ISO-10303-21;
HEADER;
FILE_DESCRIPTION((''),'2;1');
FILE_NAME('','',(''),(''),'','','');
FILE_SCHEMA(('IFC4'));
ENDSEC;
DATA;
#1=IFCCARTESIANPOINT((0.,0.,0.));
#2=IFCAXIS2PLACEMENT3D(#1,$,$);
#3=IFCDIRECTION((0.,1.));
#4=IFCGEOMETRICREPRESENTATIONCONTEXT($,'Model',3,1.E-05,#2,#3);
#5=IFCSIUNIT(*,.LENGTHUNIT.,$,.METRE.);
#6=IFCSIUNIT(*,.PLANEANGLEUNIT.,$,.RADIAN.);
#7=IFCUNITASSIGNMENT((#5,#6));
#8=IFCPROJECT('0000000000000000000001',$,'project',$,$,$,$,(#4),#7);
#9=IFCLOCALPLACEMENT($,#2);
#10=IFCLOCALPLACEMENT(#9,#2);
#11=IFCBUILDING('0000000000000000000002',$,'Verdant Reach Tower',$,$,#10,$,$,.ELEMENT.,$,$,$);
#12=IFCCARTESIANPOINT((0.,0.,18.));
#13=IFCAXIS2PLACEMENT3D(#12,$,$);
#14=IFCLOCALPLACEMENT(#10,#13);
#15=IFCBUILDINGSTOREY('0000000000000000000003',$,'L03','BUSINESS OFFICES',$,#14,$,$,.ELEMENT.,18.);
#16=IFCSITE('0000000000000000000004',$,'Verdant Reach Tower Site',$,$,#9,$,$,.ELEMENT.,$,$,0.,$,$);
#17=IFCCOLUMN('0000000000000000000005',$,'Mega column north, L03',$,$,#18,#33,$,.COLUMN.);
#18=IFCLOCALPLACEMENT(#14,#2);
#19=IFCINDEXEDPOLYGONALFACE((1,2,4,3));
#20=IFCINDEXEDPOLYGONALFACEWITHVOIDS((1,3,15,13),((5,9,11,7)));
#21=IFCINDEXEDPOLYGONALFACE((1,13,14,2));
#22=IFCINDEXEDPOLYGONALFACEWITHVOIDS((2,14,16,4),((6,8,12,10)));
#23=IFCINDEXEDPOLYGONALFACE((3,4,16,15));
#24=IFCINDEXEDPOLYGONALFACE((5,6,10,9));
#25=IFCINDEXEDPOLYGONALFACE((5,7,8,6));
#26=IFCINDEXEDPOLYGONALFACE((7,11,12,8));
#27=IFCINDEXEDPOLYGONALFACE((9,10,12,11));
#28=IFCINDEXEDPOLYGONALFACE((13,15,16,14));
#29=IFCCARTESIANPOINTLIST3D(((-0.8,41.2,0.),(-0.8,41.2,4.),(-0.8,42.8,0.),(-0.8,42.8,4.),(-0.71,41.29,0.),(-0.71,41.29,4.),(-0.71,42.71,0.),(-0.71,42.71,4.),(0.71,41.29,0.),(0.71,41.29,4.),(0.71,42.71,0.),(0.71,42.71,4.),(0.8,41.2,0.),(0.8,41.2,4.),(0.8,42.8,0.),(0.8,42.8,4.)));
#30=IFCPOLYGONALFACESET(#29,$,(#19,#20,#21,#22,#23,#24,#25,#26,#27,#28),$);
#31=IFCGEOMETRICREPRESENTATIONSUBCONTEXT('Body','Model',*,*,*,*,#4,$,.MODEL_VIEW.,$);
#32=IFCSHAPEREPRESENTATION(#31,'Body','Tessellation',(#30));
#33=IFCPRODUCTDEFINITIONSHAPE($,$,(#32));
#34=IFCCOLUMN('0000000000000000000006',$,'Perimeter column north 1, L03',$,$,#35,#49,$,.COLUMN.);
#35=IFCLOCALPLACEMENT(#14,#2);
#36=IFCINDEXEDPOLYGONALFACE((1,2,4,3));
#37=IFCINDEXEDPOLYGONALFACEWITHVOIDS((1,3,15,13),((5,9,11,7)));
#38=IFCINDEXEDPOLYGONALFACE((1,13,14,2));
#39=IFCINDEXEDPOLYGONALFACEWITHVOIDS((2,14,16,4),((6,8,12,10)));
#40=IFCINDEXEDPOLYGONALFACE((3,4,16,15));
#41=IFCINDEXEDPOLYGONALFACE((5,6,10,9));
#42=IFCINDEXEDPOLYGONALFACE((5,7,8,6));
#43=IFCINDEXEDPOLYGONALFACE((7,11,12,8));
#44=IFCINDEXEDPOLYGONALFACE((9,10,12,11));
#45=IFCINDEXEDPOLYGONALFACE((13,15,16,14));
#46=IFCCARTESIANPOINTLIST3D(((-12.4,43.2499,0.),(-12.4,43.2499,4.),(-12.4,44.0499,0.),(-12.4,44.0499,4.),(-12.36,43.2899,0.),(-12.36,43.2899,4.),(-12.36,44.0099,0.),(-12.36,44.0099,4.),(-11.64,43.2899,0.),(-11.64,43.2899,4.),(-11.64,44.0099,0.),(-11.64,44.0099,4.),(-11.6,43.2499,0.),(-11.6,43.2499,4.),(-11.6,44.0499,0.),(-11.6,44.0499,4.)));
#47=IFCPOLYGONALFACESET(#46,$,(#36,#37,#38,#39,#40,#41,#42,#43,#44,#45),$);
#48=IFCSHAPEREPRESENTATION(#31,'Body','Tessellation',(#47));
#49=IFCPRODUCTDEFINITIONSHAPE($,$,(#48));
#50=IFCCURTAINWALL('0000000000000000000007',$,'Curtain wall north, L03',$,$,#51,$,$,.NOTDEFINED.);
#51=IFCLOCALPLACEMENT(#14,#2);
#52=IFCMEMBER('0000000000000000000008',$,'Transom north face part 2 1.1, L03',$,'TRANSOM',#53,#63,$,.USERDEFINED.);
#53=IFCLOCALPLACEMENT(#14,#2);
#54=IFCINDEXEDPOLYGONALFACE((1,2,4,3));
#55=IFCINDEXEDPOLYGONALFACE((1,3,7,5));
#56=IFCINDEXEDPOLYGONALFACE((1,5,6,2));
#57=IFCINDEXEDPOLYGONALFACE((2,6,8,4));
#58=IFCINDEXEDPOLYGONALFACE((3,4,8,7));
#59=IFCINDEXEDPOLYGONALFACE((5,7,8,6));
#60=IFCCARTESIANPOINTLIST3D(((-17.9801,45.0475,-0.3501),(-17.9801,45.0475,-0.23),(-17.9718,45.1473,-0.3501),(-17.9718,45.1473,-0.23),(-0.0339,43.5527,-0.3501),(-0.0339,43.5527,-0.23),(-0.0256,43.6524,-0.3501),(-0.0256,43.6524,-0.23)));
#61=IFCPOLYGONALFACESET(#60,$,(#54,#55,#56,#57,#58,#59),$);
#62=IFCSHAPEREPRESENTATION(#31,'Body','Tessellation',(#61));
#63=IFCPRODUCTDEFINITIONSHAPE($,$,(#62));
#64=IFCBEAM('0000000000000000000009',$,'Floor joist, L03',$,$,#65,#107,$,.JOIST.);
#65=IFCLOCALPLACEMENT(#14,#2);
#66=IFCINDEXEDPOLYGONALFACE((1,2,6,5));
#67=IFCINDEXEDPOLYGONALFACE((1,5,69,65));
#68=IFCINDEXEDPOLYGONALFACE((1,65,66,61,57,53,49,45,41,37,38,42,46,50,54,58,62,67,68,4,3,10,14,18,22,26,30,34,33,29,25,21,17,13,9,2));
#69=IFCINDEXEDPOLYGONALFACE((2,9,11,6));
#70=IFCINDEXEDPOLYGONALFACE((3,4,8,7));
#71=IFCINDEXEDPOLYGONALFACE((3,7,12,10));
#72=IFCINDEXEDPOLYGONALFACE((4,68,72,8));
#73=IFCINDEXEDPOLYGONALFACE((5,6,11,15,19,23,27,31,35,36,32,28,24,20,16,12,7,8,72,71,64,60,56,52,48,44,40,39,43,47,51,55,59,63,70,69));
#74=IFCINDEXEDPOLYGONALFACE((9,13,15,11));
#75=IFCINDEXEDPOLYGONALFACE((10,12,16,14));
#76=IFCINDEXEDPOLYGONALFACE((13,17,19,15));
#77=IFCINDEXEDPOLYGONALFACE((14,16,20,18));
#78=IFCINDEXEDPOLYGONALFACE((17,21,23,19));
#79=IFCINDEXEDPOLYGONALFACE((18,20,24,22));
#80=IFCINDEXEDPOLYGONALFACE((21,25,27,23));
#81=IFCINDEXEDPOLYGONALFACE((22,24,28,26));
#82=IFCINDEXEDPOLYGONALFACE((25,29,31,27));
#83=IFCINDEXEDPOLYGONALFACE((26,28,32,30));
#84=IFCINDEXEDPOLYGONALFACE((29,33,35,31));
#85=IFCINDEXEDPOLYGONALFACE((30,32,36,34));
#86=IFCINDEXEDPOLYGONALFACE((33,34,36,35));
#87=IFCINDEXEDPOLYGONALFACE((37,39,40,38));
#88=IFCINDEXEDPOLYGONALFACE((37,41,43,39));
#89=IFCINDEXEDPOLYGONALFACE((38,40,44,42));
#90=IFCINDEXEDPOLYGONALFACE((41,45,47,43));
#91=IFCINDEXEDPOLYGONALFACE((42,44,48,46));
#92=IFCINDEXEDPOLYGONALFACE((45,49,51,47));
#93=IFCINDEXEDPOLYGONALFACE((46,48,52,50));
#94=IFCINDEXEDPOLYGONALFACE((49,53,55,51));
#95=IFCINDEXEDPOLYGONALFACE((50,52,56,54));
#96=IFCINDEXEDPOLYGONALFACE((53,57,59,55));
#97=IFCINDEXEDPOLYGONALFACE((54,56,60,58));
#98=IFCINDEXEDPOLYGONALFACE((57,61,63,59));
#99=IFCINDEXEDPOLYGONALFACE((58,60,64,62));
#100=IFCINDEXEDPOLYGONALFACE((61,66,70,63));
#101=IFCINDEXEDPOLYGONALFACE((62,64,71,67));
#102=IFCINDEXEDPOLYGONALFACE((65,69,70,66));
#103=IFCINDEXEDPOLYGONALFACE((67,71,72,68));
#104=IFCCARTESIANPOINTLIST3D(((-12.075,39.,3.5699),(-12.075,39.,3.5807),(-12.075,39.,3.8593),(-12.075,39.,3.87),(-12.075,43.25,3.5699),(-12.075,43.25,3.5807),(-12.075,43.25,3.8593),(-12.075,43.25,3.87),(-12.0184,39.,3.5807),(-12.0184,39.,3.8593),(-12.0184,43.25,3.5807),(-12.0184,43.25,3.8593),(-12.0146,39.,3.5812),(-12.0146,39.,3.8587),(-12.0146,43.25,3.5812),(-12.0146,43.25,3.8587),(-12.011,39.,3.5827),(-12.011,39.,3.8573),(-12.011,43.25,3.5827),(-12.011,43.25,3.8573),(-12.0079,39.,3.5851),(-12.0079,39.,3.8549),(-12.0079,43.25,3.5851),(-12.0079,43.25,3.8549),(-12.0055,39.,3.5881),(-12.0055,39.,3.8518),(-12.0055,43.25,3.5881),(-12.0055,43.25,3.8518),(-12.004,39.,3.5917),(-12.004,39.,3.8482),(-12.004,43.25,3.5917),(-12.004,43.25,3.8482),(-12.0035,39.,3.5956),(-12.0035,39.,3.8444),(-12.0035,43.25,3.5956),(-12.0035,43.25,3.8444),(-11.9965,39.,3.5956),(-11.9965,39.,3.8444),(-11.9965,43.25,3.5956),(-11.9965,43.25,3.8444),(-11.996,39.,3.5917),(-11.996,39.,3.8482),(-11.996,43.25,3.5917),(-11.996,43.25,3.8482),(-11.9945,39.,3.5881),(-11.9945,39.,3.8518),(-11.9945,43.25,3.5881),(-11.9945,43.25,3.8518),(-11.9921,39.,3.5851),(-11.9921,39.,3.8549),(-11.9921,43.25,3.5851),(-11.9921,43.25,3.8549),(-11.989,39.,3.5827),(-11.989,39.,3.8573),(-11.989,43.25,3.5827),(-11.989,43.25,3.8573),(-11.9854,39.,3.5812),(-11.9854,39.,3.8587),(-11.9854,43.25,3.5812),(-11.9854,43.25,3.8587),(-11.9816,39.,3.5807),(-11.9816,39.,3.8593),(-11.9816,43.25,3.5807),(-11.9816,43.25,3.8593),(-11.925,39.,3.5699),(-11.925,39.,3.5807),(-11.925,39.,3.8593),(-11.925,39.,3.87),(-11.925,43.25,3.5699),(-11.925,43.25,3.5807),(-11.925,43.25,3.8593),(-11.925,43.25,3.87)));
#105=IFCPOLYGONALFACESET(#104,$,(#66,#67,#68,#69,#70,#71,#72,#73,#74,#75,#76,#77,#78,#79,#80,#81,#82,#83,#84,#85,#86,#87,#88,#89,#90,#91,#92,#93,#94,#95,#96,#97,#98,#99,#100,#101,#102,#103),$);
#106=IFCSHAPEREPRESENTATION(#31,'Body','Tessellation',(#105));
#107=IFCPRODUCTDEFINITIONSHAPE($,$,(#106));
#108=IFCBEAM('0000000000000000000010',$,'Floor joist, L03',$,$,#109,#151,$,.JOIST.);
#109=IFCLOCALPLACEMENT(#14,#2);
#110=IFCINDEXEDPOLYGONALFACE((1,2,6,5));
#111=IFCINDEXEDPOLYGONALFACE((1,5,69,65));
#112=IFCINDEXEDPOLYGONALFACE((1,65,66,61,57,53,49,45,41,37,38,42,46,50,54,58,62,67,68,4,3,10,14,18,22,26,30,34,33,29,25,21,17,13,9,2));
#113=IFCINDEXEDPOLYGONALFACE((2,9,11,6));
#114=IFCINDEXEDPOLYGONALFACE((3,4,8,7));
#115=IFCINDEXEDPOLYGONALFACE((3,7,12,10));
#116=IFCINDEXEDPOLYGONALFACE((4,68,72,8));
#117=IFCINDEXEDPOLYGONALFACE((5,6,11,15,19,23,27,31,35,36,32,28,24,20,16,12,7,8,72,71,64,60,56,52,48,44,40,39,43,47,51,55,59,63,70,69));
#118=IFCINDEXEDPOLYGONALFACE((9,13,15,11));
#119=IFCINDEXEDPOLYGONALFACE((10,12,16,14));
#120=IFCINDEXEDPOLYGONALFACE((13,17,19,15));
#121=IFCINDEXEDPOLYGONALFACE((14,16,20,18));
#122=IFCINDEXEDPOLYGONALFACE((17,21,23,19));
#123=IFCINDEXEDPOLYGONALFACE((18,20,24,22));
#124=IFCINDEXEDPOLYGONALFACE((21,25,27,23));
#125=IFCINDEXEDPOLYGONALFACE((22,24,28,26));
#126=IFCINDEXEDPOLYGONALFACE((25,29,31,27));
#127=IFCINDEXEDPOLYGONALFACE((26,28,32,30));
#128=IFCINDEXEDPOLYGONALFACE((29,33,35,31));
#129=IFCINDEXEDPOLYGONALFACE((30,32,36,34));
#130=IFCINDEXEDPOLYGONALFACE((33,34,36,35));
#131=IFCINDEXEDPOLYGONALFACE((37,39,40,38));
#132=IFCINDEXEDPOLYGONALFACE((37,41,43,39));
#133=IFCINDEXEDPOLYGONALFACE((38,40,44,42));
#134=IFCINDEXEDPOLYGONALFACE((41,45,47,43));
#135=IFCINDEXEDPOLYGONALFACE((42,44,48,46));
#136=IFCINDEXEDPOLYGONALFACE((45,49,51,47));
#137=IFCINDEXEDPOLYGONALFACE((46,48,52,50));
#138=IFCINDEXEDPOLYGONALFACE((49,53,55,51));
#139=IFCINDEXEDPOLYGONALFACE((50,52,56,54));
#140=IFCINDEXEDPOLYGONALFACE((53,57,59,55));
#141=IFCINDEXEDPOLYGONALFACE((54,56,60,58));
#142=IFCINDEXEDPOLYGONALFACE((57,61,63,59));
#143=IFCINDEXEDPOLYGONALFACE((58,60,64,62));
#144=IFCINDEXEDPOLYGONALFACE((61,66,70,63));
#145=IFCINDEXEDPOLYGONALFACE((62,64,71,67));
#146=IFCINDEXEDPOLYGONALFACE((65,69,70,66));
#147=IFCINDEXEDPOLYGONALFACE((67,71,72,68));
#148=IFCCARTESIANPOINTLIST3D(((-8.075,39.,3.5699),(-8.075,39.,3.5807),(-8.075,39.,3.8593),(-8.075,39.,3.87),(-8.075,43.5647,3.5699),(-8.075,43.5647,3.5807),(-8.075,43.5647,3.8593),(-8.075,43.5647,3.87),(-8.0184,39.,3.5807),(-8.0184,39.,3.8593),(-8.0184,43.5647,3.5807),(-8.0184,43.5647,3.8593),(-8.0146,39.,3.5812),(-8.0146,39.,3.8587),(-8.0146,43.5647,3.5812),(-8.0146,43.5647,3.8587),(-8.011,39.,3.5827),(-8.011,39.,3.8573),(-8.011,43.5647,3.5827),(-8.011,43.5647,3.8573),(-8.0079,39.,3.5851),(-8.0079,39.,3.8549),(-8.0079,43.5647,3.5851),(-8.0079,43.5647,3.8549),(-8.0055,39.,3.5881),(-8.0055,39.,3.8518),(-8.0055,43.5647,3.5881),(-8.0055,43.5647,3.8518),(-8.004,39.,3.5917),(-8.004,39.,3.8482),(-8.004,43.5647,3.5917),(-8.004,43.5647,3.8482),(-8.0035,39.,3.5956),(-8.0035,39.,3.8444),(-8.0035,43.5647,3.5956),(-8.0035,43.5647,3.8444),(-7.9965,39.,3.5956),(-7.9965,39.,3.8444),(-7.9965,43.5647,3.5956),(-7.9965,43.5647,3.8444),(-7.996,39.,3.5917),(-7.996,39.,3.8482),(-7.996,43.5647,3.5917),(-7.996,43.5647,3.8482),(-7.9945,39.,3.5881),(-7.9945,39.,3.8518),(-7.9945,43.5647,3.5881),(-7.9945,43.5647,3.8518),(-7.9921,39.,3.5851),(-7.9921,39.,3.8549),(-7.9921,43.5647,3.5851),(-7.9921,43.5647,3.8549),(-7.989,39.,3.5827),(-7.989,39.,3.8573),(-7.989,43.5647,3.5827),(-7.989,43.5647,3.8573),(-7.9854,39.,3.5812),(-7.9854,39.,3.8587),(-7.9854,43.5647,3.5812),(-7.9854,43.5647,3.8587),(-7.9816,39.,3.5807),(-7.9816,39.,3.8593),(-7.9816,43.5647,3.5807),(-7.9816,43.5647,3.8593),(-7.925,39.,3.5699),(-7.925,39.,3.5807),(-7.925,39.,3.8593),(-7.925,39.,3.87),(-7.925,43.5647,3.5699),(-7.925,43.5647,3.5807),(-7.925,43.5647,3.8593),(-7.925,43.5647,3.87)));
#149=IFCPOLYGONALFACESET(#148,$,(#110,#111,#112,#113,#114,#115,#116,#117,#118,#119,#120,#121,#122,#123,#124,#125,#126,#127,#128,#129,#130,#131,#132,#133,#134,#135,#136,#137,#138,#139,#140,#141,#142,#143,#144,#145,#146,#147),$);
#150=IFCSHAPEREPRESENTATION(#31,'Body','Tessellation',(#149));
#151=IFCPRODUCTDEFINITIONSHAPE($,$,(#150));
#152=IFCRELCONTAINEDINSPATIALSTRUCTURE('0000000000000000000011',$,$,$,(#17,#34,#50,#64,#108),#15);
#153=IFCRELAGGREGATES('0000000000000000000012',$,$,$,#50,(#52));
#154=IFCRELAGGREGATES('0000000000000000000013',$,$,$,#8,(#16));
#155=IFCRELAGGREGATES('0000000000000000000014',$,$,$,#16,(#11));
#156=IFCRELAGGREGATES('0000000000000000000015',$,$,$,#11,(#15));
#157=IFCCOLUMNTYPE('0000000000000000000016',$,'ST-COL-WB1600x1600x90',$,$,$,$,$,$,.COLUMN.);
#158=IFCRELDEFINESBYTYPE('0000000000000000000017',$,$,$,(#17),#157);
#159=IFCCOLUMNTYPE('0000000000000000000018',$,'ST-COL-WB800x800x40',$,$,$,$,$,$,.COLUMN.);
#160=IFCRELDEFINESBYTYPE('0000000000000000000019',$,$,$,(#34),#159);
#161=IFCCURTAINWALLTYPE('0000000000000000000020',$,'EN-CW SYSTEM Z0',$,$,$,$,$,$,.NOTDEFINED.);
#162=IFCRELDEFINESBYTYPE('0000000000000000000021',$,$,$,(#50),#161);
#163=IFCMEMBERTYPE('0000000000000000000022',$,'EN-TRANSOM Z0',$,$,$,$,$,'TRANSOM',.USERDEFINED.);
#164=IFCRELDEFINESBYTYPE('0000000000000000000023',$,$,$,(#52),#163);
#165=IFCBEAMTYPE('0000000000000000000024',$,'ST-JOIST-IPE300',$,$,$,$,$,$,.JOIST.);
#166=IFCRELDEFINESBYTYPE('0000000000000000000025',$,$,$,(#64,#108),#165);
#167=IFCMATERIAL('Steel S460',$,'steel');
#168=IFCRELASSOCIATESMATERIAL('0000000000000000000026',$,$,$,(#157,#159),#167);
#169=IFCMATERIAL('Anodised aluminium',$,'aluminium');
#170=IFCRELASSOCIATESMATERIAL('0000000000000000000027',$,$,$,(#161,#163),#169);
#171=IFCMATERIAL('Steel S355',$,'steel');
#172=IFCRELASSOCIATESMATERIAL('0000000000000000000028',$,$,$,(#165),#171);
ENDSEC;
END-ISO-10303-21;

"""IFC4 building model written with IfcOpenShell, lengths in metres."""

from ifc_helpers import new_model, si_unit, direction, frame, origin, origin_2d, place, context, subcontext, project, spatial, rectangle, hollow_rectangle, i_section, extrude, material, material_profile, profile_set, type_object, element, aggregate, save


model = new_model("IFC4")

# Units and contexts
model_context = context("Model", 3, precision=1e-05, world=origin(), true_north=direction((0.0, 1.0)))
body_context = subcontext(model_context, "Body", "Model", "MODEL_VIEW")
ifc_project = project(units=[si_unit("LENGTHUNIT", "METRE"), si_unit("PLANEANGLEUNIT", "RADIAN")], contexts=[model_context])

# Site, building, storey
site_placement = place(None, origin())
site = spatial("IfcSite", under=ifc_project, at=site_placement, Name="Verdant Reach Tower Site", CompositionType="ELEMENT", RefElevation=0.0)
building_placement = place(site_placement, origin())
building = spatial("IfcBuilding", under=site, at=building_placement, Name="Verdant Reach Tower", CompositionType="ELEMENT")
storey_placement = place(building_placement, frame((0.0, 0.0, 18.0)))
storey = spatial("IfcBuildingStorey", under=building, at=storey_placement, Name="L03", Description="BUSINESS OFFICES", CompositionType="ELEMENT", Elevation=18.0)

# Columns
ifc_material_1 = material(Name="Steel S460", Category="steel")
ifc_material_profile_1 = material_profile(ifc_material_1, hollow_rectangle(XDim=1.6001, YDim=1.6001, WallThickness=0.0901, at=origin_2d()), Name="WB 1600x1600x90")
ifc_profile_set_1 = profile_set([ifc_material_profile_1], Name="Steel S460")
column_type_1 = type_object("IfcColumnType", Name="ST-COL-WB1600x1600x90", PredefinedType="COLUMN", material=ifc_profile_set_1)
column_1_placement = place(storey_placement, frame((0.0, 42.0, 0.0), z_axis=(0.0, 0.0, 1.0), x_axis=(1.0, 0.0, 0.0)))
element("IfcColumn", 1, at=column_1_placement, inside=storey, type_object=column_type_1, Name="Mega column north, L03", PredefinedType="COLUMN", context=body_context, shape_type="SweptSolid", body=[
    extrude(hollow_rectangle(XDim=1.6001, YDim=1.6001, WallThickness=0.0901, at=origin_2d()), origin(), (0.0, 0.0, 1.0), 4.0),
])
ifc_material_profile_2 = material_profile(ifc_material_1, hollow_rectangle(XDim=0.8, YDim=0.8, WallThickness=0.04, at=origin_2d()), Name="WB 800x800x40")
ifc_profile_set_2 = profile_set([ifc_material_profile_2], Name="Steel S460")
column_type_2 = type_object("IfcColumnType", Name="ST-COL-WB800x800x40", PredefinedType="COLUMN", material=ifc_profile_set_2)
column_2_placement = place(storey_placement, frame((-12.0, 43.6499, 0.0), z_axis=(0.0, 0.0, 1.0), x_axis=(1.0, 0.0, 0.0)))
element("IfcColumn", 2, at=column_2_placement, inside=storey, type_object=column_type_2, Name="Perimeter column north 1, L03", PredefinedType="COLUMN", context=body_context, shape_type="SweptSolid", body=[
    extrude(hollow_rectangle(XDim=0.8, YDim=0.8, WallThickness=0.04, at=origin_2d()), origin(), (0.0, 0.0, 1.0), 4.0),
])

# Curtain wall, member
ifc_material_2 = material(Name="Anodised aluminium", Category="aluminium")
curtain_wall_type = type_object("IfcCurtainWallType", Name="EN-CW SYSTEM Z0", PredefinedType="NOTDEFINED", material=ifc_material_2)
curtain_wall_placement = place(storey_placement, origin())
curtain_wall = element("IfcCurtainWall", 3, at=curtain_wall_placement, inside=storey, type_object=curtain_wall_type, Name="Curtain wall north, L03", PredefinedType="NOTDEFINED")
ifc_material_profile_3 = material_profile(ifc_material_2, rectangle(XDim=0.1001, YDim=0.1201, at=origin_2d()), Name="Transom 120x100")
ifc_profile_set_3 = profile_set([ifc_material_profile_3], Name="Anodised aluminium")
member_type = type_object("IfcMemberType", Name="EN-TRANSOM Z0", ElementType="TRANSOM", PredefinedType="USERDEFINED", material=ifc_profile_set_3)
member_placement = place(storey_placement, frame((-0.0298, 43.6025, -0.29), z_axis=(-0.996549, 0.083011, 0.0), x_axis=(-0.083011, -0.996549, 0.0)))
member = element("IfcMember", 4, at=member_placement, type_object=member_type, Name="Transom north face part 2 1.1, L03", ObjectType="TRANSOM", PredefinedType="USERDEFINED", context=body_context, shape_type="SweptSolid", body=[
    extrude(rectangle(XDim=0.1001, YDim=0.1201, at=origin_2d()), origin(), (0.0, 0.0, 1.0), 18.0083),
])

# Beams
ifc_material_3 = material(Name="Steel S355", Category="steel")
ifc_material_profile_4 = material_profile(ifc_material_3, i_section(OverallWidth=0.1499, OverallDepth=0.3, WebThickness=0.0071, FlangeThickness=0.0107, FilletRadius=0.0149, at=origin_2d()), Name="IPE 300")
ifc_profile_set_4 = profile_set([ifc_material_profile_4], Name="Steel S355")
beam_type_1 = type_object("IfcBeamType", Name="ST-JOIST-IPE300", PredefinedType="JOIST", material=ifc_profile_set_4)
beam_1_placement = place(storey_placement, frame((-12.0, 39.0, 3.72), z_axis=(0.0, 1.0, 0.0), x_axis=(-1.0, 0.0, 0.0)))
element("IfcBeam", 5, at=beam_1_placement, inside=storey, type_object=beam_type_1, Name="Floor joist, L03", PredefinedType="JOIST", context=body_context, shape_type="SweptSolid", body=[
    extrude(i_section(OverallWidth=0.1499, OverallDepth=0.3, WebThickness=0.0071, FlangeThickness=0.0107, FilletRadius=0.0149, at=origin_2d()), origin(), (0.0, 0.0, 1.0), 4.25),
])
beam_2_placement = place(storey_placement, frame((-8.0, 39.0, 3.72), z_axis=(0.0, 1.0, 0.0), x_axis=(-1.0, 0.0, 0.0)))
element("IfcBeam", 6, at=beam_2_placement, inside=storey, type_object=beam_type_1, Name="Floor joist, L03", PredefinedType="JOIST", context=body_context, shape_type="SweptSolid", body=[
    extrude(i_section(OverallWidth=0.1499, OverallDepth=0.3, WebThickness=0.0071, FlangeThickness=0.0107, FilletRadius=0.0149, at=origin_2d()), origin(), (0.0, 0.0, 1.0), 4.5647),
])

aggregate(curtain_wall, [member])

save(model, "model.ifc")
